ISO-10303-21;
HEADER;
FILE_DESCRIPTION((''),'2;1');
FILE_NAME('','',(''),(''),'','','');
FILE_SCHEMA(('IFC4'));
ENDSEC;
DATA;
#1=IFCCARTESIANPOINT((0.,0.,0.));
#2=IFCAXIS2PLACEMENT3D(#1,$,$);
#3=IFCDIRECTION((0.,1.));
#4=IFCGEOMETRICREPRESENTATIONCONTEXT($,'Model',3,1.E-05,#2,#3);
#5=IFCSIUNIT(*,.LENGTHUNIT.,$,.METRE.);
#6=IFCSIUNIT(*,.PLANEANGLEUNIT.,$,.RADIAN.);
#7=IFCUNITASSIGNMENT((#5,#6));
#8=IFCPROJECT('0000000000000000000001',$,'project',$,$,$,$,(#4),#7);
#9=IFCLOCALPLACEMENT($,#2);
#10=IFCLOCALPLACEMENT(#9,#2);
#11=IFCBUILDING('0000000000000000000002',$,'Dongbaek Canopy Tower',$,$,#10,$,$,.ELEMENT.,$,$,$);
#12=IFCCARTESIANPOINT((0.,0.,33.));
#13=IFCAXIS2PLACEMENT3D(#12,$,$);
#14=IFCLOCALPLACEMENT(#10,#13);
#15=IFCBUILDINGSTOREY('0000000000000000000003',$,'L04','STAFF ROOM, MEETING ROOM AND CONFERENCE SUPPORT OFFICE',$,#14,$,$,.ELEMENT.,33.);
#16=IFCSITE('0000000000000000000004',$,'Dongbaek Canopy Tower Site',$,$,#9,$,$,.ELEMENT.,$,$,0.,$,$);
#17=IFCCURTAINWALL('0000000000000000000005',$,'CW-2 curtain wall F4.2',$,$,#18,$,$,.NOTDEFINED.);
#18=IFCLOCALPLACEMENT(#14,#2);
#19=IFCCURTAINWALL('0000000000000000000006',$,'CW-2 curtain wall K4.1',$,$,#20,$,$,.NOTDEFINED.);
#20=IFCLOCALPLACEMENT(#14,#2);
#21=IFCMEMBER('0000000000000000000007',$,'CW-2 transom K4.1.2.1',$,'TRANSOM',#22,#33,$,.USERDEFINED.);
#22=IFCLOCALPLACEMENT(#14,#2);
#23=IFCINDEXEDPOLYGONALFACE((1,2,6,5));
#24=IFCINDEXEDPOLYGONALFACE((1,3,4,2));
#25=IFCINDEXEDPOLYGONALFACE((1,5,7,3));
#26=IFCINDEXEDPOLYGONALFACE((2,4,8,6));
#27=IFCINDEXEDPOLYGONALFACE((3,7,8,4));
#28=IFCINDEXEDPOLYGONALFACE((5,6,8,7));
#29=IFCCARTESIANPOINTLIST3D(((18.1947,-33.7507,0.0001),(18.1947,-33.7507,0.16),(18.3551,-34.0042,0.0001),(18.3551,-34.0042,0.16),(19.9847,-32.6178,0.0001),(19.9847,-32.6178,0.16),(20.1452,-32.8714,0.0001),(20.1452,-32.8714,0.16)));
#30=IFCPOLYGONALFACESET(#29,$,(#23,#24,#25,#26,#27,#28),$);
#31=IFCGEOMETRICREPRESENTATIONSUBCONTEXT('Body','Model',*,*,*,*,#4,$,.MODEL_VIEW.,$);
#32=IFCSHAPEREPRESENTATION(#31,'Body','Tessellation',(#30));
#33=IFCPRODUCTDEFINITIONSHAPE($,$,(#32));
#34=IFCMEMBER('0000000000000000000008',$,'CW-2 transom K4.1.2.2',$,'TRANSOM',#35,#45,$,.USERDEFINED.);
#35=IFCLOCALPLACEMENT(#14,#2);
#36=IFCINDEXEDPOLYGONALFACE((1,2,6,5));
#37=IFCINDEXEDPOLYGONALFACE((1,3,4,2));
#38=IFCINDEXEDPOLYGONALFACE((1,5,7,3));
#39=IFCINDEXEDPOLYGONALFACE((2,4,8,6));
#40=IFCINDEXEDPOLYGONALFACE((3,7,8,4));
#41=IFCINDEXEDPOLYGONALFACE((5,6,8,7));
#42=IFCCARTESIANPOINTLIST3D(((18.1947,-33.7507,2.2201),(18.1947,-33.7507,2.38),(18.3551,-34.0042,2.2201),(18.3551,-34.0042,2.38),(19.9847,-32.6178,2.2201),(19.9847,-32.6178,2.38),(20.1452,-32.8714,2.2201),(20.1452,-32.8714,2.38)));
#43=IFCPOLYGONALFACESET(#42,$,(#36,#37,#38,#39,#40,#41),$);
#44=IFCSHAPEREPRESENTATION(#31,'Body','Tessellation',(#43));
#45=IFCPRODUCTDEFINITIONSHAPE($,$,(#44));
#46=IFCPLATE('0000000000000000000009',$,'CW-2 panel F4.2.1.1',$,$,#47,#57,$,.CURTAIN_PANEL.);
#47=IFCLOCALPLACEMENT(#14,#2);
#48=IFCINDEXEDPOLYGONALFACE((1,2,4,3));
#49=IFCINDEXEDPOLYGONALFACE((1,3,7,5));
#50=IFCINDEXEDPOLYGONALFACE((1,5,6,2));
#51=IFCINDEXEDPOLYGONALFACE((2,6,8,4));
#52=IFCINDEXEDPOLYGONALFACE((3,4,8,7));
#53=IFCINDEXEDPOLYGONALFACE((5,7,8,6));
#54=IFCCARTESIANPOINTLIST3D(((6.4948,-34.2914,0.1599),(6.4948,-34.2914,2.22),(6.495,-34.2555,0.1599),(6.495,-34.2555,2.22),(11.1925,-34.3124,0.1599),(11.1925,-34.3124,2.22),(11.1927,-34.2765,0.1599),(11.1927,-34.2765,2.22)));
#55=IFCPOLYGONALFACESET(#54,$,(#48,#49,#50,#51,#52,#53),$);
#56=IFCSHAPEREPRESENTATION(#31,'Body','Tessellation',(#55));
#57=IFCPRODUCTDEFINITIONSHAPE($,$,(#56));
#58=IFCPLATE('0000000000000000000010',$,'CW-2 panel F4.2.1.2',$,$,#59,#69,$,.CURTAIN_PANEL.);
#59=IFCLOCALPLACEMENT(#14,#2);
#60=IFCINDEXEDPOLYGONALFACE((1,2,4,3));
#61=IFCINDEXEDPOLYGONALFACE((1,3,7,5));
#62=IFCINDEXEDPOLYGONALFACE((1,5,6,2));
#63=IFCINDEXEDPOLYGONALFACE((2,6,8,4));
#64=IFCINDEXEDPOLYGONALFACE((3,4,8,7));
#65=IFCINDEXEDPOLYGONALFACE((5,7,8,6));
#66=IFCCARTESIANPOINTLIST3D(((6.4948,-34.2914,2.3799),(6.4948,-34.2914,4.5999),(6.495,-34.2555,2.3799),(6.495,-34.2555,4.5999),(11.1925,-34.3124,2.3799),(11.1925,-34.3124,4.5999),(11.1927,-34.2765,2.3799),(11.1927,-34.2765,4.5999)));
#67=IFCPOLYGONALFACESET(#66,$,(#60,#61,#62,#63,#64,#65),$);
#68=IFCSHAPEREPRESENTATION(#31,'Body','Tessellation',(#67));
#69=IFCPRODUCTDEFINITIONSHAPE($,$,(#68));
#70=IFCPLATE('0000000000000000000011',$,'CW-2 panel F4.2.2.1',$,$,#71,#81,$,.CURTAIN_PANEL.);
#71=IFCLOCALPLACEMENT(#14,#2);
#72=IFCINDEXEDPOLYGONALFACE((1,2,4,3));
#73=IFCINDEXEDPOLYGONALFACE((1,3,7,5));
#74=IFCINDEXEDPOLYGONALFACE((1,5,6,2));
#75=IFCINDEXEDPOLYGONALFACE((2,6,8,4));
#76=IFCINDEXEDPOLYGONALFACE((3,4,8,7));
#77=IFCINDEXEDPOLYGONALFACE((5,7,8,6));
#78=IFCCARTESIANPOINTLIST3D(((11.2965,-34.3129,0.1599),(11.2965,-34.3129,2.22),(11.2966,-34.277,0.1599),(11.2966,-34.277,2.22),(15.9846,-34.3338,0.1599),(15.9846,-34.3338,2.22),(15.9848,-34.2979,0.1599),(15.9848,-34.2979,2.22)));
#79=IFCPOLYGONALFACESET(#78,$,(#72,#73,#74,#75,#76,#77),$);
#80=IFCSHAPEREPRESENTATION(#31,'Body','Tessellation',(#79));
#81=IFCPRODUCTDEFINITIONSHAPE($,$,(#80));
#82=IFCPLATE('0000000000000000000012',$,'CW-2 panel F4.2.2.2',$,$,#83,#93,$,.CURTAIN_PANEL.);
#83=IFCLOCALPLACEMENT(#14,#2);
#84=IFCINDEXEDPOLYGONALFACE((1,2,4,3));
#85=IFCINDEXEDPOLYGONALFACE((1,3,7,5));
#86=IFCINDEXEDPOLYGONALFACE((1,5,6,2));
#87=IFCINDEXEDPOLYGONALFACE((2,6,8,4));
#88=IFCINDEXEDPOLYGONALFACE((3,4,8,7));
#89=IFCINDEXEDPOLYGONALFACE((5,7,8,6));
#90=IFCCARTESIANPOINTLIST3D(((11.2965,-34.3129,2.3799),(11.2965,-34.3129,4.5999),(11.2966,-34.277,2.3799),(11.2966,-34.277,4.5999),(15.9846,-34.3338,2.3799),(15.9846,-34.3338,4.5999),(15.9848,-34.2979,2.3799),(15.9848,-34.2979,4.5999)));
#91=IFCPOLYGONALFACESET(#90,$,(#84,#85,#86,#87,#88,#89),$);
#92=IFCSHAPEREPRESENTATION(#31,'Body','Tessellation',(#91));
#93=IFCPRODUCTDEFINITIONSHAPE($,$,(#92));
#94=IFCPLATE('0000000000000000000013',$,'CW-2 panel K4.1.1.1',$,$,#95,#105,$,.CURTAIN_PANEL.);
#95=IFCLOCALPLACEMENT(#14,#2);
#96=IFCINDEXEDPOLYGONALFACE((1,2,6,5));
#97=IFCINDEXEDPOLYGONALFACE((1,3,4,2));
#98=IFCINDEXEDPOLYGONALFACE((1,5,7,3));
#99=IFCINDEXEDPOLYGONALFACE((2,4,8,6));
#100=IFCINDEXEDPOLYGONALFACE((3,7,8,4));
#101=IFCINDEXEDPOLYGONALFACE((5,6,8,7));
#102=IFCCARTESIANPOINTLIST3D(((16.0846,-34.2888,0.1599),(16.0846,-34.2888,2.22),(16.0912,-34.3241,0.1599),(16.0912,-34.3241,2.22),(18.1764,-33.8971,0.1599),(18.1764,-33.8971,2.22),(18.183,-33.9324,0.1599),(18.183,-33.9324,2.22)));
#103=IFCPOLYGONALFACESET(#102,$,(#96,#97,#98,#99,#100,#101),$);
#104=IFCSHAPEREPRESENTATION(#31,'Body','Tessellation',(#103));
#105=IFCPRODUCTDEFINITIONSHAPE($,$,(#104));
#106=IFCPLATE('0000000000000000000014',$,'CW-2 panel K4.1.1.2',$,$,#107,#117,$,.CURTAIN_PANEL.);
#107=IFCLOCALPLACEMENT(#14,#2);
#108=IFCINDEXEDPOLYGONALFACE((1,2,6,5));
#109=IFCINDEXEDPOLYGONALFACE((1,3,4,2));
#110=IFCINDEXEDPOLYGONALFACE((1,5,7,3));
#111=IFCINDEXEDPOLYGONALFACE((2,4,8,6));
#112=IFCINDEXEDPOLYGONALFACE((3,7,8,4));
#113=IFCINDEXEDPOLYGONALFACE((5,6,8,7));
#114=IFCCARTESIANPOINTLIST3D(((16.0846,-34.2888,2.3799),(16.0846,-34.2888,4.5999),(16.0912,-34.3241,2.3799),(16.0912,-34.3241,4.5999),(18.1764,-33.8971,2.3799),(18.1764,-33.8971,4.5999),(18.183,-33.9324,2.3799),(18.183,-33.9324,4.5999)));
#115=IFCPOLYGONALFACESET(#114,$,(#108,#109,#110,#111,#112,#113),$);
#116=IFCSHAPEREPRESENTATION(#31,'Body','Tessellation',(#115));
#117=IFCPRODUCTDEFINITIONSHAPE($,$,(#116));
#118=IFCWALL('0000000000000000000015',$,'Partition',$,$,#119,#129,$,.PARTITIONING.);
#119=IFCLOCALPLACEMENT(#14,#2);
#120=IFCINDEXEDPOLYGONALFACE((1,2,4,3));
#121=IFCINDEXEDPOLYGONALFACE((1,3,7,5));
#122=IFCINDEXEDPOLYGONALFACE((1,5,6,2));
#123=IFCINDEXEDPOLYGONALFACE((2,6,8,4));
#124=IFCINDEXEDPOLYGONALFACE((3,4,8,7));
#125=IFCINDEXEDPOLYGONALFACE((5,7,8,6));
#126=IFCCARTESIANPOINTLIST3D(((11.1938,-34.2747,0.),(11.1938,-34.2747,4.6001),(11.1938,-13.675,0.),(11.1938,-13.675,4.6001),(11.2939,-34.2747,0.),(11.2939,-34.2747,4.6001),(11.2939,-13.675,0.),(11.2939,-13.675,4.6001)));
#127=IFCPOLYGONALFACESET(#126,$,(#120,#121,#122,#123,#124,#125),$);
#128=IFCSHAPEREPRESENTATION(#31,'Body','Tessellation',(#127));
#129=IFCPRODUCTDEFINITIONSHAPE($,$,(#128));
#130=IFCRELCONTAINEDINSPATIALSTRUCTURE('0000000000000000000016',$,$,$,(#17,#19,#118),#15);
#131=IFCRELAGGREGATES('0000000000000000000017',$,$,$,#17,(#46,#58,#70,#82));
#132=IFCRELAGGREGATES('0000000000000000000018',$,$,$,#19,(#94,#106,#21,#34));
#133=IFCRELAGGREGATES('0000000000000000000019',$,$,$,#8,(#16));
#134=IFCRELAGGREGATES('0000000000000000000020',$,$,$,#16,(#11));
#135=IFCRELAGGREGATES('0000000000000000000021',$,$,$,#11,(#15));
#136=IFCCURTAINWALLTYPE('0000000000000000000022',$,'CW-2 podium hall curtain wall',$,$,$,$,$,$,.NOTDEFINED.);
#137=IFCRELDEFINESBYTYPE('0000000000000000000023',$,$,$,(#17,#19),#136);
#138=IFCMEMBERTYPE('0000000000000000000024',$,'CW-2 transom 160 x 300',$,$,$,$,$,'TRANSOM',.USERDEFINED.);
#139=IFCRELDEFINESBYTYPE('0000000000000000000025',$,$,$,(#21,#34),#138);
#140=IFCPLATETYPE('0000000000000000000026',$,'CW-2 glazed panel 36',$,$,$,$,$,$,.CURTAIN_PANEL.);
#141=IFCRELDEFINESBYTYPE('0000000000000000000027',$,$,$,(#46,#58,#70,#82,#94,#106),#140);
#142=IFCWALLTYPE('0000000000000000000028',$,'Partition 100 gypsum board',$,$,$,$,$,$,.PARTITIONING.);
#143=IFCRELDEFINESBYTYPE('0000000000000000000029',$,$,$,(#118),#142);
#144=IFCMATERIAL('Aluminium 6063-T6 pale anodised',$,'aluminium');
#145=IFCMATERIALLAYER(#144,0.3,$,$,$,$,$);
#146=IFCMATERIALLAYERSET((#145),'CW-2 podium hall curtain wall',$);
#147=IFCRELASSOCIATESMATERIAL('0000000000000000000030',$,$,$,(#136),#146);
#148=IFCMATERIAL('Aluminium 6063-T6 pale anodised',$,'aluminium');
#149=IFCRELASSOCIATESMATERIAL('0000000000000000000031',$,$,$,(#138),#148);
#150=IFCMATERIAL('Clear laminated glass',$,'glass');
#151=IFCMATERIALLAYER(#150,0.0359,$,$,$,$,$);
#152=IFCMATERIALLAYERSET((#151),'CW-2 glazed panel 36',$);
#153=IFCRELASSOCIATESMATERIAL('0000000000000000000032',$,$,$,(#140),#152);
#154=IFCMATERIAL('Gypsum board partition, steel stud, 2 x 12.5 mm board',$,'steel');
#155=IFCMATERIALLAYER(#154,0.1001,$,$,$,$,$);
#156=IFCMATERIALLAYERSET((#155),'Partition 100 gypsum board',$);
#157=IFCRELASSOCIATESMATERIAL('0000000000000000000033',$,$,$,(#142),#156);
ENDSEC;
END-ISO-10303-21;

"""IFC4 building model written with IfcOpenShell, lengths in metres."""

from ifc_helpers import new_model, si_unit, direction, frame, frame_2d, origin, origin_2d, place, context, subcontext, project, spatial, rectangle, extrude, material, layer, layer_set, material_profile, profile_set, type_object, element, aggregate, save


model = new_model("IFC4")

# Units and contexts
model_context = context("Model", 3, precision=1e-05, world=origin(), true_north=direction((0.0, 1.0)))
body_context = subcontext(model_context, "Body", "Model", "MODEL_VIEW")
ifc_project = project(units=[si_unit("LENGTHUNIT", "METRE"), si_unit("PLANEANGLEUNIT", "RADIAN")], contexts=[model_context])

# Site, building, storey
site_placement = place(None, origin())
site = spatial("IfcSite", under=ifc_project, at=site_placement, Name="Dongbaek Canopy Tower Site", CompositionType="ELEMENT", RefElevation=0.0)
building_placement = place(site_placement, origin())
building = spatial("IfcBuilding", under=site, at=building_placement, Name="Dongbaek Canopy Tower", CompositionType="ELEMENT")
storey_placement = place(building_placement, frame((0.0, 0.0, 33.0)))
storey = spatial("IfcBuildingStorey", under=building, at=storey_placement, Name="L04", Description="STAFF ROOM, MEETING ROOM AND CONFERENCE SUPPORT OFFICE", CompositionType="ELEMENT", Elevation=33.0)

# Curtain wall
ifc_material_1 = material(Name="Aluminium 6063-T6 pale anodised", Category="aluminium")
ifc_layer_1 = layer(ifc_material_1, 0.3)
ifc_layer_set_1 = layer_set([ifc_layer_1], Name="CW-2 podium hall curtain wall")
curtain_wall_type = type_object("IfcCurtainWallType", Name="CW-2 podium hall curtain wall", PredefinedType="NOTDEFINED", material=ifc_layer_set_1)
curtain_wall_1_placement = place(storey_placement, origin())
curtain_wall_1 = element("IfcCurtainWall", 1, at=curtain_wall_1_placement, inside=storey, type_object=curtain_wall_type, Name="CW-2 curtain wall F4.2", PredefinedType="NOTDEFINED")

# Curtain wall
curtain_wall_2_placement = place(storey_placement, origin())
curtain_wall_2 = element("IfcCurtainWall", 2, at=curtain_wall_2_placement, inside=storey, type_object=curtain_wall_type, Name="CW-2 curtain wall K4.1", PredefinedType="NOTDEFINED")

# Members
ifc_material_2 = material(Name="Aluminium 6063-T6 pale anodised", Category="aluminium")
ifc_material_profile_1 = material_profile(ifc_material_2, rectangle(XDim=0.3, YDim=0.1599, at=origin_2d()), Name="CW-2 transom 160 x 300")
ifc_profile_set_1 = profile_set([ifc_material_profile_1], Name="Aluminium 6063-T6 pale anodised")
member_type_1 = type_object("IfcMemberType", Name="CW-2 transom 160 x 300", ElementType="TRANSOM", PredefinedType="USERDEFINED", material=ifc_profile_set_1)
member_1_placement = place(storey_placement, frame((18.2749, -33.8774, 0.0801), z_axis=(0.845007, 0.534756, 0.0), x_axis=(-0.534756, 0.845007, 0.0)))
member_1 = element("IfcMember", 3, at=member_1_placement, type_object=member_type_1, Name="CW-2 transom K4.1.2.1", ObjectType="TRANSOM", PredefinedType="USERDEFINED", context=body_context, shape_type="SweptSolid", body=[
    extrude(rectangle(XDim=0.3, YDim=0.1599, at=origin_2d()), origin(), (0.0, 0.0, 1.0), 2.1184),
])
member_2_placement = place(storey_placement, frame((18.2749, -33.8774, 2.3), z_axis=(0.845007, 0.534756, 0.0), x_axis=(-0.534756, 0.845007, 0.0)))
member_2 = element("IfcMember", 4, at=member_2_placement, type_object=member_type_1, Name="CW-2 transom K4.1.2.2", ObjectType="TRANSOM", PredefinedType="USERDEFINED", context=body_context, shape_type="SweptSolid", body=[
    extrude(rectangle(XDim=0.3, YDim=0.1599, at=origin_2d()), origin(), (0.0, 0.0, 1.0), 2.1184),
])

# Plates
ifc_material_3 = material(Name="Clear laminated glass", Category="glass")
ifc_layer_2 = layer(ifc_material_3, 0.0359)
ifc_layer_set_2 = layer_set([ifc_layer_2], Name="CW-2 glazed panel 36")
plate_type = type_object("IfcPlateType", Name="CW-2 glazed panel 36", PredefinedType="CURTAIN_PANEL", material=ifc_layer_set_2)
plate_1_placement = place(storey_placement, frame((8.8438, -34.2839, 0.1599), z_axis=(0.0, 0.0, 1.0), x_axis=(0.99999, -0.004466, 0.0)))
plate_1 = element("IfcPlate", 5, at=plate_1_placement, type_object=plate_type, Name="CW-2 panel F4.2.1.1", PredefinedType="CURTAIN_PANEL", context=body_context, shape_type="SweptSolid", body=[
    extrude(rectangle(XDim=4.6978, YDim=0.0359, at=origin_2d()), origin(), (0.0, 0.0, 1.0), 2.0601),
])
plate_2_placement = place(storey_placement, frame((8.8438, -34.2839, 2.3799), z_axis=(0.0, 0.0, 1.0), x_axis=(0.99999, -0.004466, 0.0)))
plate_2 = element("IfcPlate", 6, at=plate_2_placement, type_object=plate_type, Name="CW-2 panel F4.2.1.2", PredefinedType="CURTAIN_PANEL", context=body_context, shape_type="SweptSolid", body=[
    extrude(rectangle(XDim=4.6978, YDim=0.0359, at=origin_2d()), origin(), (0.0, 0.0, 1.0), 2.22),
])
plate_3_placement = place(storey_placement, frame((13.6406, -34.3054, 0.1599), z_axis=(0.0, 0.0, 1.0), x_axis=(0.99999, -0.004466, 0.0)))
plate_3 = element("IfcPlate", 7, at=plate_3_placement, type_object=plate_type, Name="CW-2 panel F4.2.2.1", PredefinedType="CURTAIN_PANEL", context=body_context, shape_type="SweptSolid", body=[
    extrude(rectangle(XDim=4.6882, YDim=0.0359, at=origin_2d()), origin(), (0.0, 0.0, 1.0), 2.0601),
])
plate_4_placement = place(storey_placement, frame((13.6406, -34.3054, 2.3799), z_axis=(0.0, 0.0, 1.0), x_axis=(0.99999, -0.004466, 0.0)))
plate_4 = element("IfcPlate", 8, at=plate_4_placement, type_object=plate_type, Name="CW-2 panel F4.2.2.2", PredefinedType="CURTAIN_PANEL", context=body_context, shape_type="SweptSolid", body=[
    extrude(rectangle(XDim=4.6882, YDim=0.0359, at=origin_2d()), origin(), (0.0, 0.0, 1.0), 2.22),
])
aggregate(curtain_wall_1, [plate_1, plate_2, plate_3, plate_4])
plate_5_placement = place(storey_placement, frame((17.1338, -34.1106, 0.1599), z_axis=(0.0, 0.0, 1.0), x_axis=(0.982922, 0.184024, 0.0)))
plate_5 = element("IfcPlate", 9, at=plate_5_placement, type_object=plate_type, Name="CW-2 panel K4.1.1.1", PredefinedType="CURTAIN_PANEL", context=body_context, shape_type="SweptSolid", body=[
    extrude(rectangle(XDim=2.1282, YDim=0.0359, at=origin_2d()), origin(), (0.0, 0.0, 1.0), 2.0601),
])
plate_6_placement = place(storey_placement, frame((17.1338, -34.1106, 2.3799), z_axis=(0.0, 0.0, 1.0), x_axis=(0.982922, 0.184024, 0.0)))
plate_6 = element("IfcPlate", 10, at=plate_6_placement, type_object=plate_type, Name="CW-2 panel K4.1.1.2", PredefinedType="CURTAIN_PANEL", context=body_context, shape_type="SweptSolid", body=[
    extrude(rectangle(XDim=2.1282, YDim=0.0359, at=origin_2d()), origin(), (0.0, 0.0, 1.0), 2.22),
])
aggregate(curtain_wall_2, [plate_5, plate_6, member_1, member_2])

# Wall
ifc_material_4 = material(Name="Gypsum board partition, steel stud, 2 x 12.5 mm board", Category="steel")
ifc_layer_3 = layer(ifc_material_4, 0.1001)
ifc_layer_set_3 = layer_set([ifc_layer_3], Name="Partition 100 gypsum board")
wall_type_1 = type_object("IfcWallType", Name="Partition 100 gypsum board", PredefinedType="PARTITIONING", material=ifc_layer_set_3)
wall_1_placement = place(storey_placement, frame((11.2439, -34.2747, 0.0), z_axis=(0.0, 0.0, 1.0), x_axis=(0.0, 1.0, 0.0)))
element("IfcWall", 11, at=wall_1_placement, inside=storey, type_object=wall_type_1, Name="Partition", PredefinedType="PARTITIONING", context=body_context, shape_type="SweptSolid", body=[
    extrude(rectangle(XDim=20.5996, YDim=0.1001, at=frame_2d((10.2998, 0.0))), origin(), (0.0, 0.0, 1.0), 4.6001),
])

save(model, "model.ifc")
